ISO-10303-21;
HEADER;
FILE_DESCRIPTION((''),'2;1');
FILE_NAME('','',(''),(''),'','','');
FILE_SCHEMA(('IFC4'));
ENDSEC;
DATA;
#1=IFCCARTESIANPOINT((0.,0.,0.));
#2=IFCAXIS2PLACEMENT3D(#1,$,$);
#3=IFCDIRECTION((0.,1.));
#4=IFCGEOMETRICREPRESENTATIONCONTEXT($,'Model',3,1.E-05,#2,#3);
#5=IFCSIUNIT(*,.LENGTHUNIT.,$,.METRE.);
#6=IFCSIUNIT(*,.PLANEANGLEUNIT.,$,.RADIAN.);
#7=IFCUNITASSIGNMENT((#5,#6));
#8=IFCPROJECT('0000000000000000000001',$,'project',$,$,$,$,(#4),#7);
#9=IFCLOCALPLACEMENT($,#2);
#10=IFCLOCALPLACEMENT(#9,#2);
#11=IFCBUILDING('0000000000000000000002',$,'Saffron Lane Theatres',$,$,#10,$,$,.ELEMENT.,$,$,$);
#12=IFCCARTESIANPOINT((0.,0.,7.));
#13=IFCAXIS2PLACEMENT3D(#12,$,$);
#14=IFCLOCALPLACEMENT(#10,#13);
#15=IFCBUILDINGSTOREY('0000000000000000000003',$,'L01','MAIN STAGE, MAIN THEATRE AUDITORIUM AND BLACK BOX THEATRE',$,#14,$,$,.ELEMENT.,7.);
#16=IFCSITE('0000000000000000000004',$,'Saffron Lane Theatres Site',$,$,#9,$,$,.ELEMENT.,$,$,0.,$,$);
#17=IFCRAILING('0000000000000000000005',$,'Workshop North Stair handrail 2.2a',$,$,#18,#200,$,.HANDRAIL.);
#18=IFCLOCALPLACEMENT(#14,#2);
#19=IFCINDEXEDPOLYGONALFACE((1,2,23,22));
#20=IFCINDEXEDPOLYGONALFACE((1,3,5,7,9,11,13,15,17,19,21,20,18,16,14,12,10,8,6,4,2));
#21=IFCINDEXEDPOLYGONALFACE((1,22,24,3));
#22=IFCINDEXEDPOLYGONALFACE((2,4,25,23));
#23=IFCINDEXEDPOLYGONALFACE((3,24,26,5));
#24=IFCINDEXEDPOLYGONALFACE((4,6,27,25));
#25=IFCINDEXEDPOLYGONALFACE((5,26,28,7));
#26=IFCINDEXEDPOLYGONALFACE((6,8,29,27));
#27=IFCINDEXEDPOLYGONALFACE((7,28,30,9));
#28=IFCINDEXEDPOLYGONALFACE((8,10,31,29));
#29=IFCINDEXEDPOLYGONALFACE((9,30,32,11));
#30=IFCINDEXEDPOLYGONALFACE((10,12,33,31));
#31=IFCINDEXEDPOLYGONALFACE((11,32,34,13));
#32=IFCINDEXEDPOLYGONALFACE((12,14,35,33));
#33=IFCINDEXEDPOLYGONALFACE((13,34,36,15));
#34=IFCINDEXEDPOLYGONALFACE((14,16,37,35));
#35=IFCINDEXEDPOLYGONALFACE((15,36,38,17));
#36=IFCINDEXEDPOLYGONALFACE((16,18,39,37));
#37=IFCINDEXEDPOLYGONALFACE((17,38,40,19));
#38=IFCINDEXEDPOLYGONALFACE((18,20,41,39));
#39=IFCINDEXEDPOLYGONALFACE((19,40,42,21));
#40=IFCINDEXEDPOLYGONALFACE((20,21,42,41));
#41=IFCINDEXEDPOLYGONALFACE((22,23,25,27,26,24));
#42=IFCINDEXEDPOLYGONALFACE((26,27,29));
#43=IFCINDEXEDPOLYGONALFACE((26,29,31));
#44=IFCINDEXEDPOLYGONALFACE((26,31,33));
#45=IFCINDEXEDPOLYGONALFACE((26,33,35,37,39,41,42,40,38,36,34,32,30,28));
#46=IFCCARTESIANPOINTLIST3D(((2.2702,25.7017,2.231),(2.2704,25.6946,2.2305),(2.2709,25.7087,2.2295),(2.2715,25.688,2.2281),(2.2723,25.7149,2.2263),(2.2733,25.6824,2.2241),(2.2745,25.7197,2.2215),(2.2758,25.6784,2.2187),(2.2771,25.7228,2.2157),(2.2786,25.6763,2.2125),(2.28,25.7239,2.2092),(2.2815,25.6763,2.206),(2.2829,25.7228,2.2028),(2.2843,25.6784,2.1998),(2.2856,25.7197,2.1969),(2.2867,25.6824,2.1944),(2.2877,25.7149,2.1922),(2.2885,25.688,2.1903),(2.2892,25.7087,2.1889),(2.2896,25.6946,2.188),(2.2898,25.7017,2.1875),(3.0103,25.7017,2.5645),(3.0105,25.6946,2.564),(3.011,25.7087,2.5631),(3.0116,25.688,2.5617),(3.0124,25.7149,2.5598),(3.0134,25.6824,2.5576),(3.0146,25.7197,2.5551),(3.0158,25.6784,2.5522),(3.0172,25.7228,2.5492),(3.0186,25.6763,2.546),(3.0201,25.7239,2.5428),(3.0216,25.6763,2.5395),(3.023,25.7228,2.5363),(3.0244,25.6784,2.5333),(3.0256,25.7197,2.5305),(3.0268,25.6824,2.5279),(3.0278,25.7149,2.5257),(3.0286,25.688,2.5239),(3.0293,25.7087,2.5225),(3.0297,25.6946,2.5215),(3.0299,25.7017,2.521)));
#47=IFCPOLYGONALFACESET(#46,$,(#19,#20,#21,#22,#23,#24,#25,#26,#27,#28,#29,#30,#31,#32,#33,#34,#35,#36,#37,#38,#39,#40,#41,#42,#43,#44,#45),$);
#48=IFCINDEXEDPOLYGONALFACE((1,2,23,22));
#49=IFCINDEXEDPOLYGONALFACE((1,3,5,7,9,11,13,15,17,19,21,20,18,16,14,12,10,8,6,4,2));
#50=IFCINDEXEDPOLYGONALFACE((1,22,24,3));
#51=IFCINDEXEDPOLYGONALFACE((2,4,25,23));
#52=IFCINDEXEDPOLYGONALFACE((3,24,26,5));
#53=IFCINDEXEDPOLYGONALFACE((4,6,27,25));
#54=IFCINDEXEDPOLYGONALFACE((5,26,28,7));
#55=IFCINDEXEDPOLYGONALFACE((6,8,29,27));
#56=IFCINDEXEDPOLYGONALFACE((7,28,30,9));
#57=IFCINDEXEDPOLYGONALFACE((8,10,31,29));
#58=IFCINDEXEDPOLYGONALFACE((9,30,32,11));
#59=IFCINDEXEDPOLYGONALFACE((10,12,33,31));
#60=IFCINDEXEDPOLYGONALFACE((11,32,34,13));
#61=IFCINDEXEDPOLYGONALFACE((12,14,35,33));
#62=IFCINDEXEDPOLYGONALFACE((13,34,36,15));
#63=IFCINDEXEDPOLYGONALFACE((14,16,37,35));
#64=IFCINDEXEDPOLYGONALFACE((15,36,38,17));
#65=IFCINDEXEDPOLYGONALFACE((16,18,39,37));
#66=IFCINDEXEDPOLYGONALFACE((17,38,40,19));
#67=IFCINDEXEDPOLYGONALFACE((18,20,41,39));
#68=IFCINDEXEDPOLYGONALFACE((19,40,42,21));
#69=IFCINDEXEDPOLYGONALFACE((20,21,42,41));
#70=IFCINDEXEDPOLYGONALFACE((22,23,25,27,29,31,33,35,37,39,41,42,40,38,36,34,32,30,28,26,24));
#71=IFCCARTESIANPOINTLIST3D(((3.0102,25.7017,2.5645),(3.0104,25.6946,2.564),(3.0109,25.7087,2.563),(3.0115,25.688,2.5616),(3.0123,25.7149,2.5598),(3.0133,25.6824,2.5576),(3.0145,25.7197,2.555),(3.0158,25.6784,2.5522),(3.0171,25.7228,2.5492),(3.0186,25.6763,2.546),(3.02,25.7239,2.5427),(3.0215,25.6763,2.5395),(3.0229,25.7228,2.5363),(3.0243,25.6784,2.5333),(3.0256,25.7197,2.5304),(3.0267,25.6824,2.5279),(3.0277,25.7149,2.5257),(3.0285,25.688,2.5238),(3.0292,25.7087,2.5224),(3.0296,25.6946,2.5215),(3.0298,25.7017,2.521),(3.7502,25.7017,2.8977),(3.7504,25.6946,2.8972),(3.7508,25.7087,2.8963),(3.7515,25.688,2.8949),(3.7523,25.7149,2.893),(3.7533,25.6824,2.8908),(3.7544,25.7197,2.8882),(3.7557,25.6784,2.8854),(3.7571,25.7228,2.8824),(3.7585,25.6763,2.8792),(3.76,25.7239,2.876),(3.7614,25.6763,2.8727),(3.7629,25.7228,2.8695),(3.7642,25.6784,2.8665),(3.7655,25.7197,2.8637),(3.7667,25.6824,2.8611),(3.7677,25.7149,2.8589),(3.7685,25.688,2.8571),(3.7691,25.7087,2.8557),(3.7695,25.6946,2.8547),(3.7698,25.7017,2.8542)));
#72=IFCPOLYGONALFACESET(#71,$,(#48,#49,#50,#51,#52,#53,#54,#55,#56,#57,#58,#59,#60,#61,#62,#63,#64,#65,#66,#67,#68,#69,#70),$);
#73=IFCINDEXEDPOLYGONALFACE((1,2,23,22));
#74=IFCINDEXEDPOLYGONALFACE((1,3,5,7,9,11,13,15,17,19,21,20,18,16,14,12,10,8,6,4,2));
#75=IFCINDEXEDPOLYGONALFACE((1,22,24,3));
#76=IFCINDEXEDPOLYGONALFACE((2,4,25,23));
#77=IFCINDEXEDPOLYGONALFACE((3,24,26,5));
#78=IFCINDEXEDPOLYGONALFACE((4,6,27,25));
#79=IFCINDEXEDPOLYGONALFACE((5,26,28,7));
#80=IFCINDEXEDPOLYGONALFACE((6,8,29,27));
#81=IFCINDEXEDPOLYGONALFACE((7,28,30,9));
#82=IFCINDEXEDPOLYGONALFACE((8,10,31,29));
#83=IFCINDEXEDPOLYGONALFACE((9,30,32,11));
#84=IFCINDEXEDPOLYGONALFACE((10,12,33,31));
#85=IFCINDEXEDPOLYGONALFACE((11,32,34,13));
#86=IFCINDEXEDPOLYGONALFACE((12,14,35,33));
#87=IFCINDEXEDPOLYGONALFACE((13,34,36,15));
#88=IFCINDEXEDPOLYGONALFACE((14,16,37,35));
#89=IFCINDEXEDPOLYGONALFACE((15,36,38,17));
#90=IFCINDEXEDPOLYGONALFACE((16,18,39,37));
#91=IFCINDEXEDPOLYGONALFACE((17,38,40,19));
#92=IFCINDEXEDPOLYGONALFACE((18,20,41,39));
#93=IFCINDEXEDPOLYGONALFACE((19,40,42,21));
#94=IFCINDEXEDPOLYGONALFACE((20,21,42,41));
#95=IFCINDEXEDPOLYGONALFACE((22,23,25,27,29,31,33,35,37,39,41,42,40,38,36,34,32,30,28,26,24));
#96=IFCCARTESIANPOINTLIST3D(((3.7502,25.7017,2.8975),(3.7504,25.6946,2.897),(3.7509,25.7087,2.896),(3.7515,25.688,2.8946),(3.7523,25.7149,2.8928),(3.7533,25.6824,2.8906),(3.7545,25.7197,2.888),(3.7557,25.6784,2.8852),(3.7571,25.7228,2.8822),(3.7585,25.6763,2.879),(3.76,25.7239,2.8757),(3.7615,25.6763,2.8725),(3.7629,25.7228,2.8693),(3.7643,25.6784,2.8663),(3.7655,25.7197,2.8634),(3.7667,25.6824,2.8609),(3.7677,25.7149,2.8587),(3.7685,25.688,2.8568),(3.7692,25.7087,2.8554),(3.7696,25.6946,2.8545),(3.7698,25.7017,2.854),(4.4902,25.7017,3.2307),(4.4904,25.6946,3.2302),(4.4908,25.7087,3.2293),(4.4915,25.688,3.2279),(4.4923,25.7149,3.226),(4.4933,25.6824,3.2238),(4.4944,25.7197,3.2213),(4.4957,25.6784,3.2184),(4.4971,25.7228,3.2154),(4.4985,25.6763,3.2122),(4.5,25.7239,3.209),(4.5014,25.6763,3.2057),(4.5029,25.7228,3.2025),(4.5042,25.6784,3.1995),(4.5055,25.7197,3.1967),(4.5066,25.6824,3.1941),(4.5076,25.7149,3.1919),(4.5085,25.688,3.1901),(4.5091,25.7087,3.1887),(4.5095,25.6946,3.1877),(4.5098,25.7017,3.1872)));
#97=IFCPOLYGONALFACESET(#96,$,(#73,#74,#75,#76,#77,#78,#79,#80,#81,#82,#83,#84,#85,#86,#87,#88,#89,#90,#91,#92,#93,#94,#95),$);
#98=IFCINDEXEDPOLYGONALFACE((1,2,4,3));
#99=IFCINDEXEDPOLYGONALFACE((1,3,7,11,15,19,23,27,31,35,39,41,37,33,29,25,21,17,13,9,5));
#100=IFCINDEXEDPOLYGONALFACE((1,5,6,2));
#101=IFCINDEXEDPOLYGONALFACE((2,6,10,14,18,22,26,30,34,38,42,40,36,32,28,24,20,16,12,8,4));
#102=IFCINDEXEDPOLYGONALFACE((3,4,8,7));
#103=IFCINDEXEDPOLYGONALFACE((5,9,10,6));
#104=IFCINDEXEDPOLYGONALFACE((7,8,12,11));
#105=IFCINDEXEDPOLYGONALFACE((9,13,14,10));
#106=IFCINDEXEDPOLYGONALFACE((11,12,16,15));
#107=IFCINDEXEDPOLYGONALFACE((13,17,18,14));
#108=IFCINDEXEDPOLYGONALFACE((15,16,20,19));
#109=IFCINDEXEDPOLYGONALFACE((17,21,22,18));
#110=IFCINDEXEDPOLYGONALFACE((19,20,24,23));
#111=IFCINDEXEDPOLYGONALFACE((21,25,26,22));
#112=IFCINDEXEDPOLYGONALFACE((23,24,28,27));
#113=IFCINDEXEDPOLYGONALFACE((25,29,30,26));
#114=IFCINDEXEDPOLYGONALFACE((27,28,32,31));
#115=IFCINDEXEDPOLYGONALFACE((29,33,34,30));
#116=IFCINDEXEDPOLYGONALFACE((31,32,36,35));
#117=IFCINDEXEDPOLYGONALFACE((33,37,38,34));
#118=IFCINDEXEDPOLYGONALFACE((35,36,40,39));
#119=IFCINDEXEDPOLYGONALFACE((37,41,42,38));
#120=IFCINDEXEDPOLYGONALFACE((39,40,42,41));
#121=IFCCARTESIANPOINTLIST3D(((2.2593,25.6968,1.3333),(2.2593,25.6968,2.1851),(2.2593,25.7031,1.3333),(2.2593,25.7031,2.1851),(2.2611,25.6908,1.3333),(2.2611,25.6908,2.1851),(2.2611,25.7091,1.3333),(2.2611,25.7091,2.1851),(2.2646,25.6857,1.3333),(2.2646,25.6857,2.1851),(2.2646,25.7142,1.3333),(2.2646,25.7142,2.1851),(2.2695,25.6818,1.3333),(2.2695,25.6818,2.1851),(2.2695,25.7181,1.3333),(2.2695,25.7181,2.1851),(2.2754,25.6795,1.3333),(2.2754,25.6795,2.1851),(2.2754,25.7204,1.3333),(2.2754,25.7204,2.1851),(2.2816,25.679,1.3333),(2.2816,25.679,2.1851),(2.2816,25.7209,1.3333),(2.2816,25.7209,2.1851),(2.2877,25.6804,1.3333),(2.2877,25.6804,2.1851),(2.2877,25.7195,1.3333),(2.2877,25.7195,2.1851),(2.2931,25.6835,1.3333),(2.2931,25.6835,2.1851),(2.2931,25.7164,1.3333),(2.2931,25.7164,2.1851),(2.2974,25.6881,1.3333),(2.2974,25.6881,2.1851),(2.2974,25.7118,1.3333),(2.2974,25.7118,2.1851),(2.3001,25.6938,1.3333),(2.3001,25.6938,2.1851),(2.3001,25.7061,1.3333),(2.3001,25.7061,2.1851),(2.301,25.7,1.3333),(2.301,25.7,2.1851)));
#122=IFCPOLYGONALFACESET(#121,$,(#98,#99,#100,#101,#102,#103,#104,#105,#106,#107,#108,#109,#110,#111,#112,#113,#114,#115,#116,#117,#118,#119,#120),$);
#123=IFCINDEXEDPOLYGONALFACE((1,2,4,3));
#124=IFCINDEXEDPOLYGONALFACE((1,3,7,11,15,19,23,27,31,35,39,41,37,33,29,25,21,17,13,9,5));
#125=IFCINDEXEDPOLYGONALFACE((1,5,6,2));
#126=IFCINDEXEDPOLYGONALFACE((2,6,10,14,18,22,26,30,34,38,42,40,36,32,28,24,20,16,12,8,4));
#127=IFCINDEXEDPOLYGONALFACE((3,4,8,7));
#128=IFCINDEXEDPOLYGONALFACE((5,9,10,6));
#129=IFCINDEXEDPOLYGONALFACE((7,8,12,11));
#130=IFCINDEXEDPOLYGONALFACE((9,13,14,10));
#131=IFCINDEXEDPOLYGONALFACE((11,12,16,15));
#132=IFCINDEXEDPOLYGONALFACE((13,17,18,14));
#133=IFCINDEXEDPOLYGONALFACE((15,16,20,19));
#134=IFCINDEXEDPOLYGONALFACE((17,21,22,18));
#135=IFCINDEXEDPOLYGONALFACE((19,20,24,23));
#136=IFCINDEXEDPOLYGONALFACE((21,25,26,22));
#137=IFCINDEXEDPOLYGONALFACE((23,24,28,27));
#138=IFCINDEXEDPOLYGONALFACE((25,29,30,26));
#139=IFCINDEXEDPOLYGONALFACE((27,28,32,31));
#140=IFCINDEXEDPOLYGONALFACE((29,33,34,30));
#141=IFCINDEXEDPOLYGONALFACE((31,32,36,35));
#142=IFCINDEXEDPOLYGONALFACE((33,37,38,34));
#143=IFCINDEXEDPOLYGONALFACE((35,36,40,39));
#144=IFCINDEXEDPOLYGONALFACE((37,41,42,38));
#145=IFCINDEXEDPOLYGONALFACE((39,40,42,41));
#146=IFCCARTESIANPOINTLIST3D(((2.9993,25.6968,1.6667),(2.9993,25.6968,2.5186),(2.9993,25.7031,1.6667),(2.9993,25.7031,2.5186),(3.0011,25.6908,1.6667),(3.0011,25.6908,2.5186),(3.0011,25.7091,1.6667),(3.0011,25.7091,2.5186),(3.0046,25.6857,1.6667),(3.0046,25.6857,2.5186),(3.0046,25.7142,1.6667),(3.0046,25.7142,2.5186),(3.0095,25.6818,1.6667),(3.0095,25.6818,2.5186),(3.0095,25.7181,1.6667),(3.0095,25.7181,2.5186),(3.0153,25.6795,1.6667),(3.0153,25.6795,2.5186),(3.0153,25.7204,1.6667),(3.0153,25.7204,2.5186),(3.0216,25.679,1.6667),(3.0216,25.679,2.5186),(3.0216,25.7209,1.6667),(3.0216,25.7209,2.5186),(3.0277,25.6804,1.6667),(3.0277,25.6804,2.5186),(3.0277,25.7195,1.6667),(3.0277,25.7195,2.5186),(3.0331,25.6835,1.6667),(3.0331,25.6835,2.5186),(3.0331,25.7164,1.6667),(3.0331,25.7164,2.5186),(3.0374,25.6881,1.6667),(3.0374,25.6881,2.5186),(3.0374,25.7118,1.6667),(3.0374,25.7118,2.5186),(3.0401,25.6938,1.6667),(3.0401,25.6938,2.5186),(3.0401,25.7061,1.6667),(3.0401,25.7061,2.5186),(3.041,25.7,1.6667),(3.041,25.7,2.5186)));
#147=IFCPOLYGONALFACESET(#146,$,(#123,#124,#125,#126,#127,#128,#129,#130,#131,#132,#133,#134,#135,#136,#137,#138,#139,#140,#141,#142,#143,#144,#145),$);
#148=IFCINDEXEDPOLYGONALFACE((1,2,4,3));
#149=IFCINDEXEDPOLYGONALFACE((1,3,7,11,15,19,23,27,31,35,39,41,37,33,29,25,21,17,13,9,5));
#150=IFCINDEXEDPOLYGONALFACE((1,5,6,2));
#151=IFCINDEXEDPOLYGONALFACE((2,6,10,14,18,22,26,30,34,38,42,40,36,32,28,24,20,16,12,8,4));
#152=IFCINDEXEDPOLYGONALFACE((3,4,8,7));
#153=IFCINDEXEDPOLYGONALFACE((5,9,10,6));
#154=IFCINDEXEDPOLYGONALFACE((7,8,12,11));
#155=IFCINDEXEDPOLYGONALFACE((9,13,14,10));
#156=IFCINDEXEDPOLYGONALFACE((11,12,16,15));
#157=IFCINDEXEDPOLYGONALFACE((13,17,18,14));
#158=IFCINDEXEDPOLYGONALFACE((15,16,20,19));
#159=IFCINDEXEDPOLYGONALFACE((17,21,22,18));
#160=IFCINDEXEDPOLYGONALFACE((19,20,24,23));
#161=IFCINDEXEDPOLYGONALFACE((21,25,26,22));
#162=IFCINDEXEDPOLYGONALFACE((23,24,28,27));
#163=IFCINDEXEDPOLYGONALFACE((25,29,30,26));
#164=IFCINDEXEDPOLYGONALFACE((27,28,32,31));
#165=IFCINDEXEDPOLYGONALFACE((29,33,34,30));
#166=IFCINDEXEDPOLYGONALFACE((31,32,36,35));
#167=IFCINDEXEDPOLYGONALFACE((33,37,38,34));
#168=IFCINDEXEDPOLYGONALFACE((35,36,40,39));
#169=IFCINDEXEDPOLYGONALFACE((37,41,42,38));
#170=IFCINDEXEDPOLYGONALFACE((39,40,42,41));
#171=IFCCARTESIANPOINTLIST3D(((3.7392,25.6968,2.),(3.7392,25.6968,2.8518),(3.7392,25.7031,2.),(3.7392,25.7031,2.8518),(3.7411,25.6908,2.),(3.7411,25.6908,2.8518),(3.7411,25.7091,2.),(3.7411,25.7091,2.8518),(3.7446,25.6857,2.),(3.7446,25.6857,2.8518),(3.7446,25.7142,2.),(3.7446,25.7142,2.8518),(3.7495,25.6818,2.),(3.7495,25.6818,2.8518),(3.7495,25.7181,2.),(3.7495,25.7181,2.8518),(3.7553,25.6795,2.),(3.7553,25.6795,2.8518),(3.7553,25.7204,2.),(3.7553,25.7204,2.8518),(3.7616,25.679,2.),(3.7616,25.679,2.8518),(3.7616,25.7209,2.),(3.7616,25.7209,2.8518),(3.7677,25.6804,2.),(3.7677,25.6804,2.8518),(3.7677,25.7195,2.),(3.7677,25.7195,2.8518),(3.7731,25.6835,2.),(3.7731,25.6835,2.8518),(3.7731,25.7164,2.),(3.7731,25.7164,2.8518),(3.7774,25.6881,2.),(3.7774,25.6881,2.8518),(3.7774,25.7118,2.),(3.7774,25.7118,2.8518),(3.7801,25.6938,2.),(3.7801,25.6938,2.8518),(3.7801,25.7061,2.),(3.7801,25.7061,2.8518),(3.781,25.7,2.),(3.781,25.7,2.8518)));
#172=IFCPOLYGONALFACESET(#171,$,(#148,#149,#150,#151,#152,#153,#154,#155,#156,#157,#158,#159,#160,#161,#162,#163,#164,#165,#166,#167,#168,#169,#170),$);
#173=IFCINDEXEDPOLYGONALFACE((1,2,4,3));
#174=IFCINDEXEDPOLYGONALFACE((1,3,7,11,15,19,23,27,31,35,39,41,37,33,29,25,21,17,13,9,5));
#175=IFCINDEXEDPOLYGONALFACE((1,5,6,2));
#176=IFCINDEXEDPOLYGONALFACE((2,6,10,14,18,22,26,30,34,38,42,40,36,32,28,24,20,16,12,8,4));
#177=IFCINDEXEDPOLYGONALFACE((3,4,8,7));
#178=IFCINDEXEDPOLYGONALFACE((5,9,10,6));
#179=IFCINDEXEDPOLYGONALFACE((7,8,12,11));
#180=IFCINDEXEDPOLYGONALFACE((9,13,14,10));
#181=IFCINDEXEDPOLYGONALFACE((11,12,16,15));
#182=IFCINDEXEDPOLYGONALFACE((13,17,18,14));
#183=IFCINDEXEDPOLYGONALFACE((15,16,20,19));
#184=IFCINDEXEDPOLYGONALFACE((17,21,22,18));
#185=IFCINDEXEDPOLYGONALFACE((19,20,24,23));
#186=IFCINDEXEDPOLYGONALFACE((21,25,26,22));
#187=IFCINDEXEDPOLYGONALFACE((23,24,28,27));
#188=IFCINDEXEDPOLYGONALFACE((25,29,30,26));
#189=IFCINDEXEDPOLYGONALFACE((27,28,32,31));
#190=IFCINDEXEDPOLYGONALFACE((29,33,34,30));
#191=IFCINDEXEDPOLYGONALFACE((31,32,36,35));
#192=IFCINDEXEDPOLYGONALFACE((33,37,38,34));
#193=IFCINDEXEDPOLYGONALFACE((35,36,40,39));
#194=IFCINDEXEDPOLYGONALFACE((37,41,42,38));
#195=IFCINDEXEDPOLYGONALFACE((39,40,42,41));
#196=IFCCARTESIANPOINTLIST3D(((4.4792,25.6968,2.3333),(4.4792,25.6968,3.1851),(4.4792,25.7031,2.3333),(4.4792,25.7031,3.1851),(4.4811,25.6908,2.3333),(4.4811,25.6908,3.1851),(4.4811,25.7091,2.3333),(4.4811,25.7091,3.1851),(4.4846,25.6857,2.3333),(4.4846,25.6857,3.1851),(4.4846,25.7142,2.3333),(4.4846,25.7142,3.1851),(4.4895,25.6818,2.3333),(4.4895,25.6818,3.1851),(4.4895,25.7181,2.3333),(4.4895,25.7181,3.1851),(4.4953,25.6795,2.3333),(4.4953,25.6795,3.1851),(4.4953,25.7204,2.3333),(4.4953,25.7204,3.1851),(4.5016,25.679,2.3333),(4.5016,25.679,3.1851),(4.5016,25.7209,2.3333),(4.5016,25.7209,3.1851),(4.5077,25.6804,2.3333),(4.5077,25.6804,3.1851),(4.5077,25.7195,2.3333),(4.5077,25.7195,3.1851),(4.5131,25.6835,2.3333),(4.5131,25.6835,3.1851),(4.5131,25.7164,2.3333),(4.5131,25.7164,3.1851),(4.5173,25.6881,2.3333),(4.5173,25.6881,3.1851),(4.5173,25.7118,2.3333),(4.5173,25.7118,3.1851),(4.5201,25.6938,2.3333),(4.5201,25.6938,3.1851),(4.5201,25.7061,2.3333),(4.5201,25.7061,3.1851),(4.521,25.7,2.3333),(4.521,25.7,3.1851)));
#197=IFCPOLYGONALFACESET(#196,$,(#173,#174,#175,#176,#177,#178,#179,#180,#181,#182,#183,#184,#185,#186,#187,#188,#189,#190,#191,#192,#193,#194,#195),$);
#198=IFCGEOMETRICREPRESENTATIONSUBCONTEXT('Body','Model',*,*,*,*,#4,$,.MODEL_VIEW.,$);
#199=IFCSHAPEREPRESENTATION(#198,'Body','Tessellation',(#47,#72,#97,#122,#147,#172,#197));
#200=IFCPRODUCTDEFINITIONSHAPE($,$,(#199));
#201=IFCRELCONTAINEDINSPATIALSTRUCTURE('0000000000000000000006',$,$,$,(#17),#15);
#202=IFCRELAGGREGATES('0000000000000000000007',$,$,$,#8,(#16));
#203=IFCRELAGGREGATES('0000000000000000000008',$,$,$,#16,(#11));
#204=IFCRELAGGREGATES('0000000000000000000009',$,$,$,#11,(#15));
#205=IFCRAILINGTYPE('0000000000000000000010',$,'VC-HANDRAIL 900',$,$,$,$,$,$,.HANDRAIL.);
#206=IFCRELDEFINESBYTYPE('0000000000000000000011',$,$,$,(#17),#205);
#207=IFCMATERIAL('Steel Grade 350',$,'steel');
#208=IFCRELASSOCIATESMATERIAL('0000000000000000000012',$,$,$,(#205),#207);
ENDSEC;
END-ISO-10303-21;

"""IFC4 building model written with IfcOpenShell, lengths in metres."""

from ifc_helpers import new_model, si_unit, direction, frame, origin, origin_2d, place, context, subcontext, project, spatial, circle, extrude, material, type_object, element, save


model = new_model("IFC4")

# Units and contexts
model_context = context("Model", 3, precision=1e-05, world=origin(), true_north=direction((0.0, 1.0)))
body_context = subcontext(model_context, "Body", "Model", "MODEL_VIEW")
ifc_project = project(units=[si_unit("LENGTHUNIT", "METRE"), si_unit("PLANEANGLEUNIT", "RADIAN")], contexts=[model_context])

# Site, building, storey
site_placement = place(None, origin())
site = spatial("IfcSite", under=ifc_project, at=site_placement, Name="Saffron Lane Theatres Site", CompositionType="ELEMENT", RefElevation=0.0)
building_placement = place(site_placement, origin())
building = spatial("IfcBuilding", under=site, at=building_placement, Name="Saffron Lane Theatres", CompositionType="ELEMENT")
storey_placement = place(building_placement, frame((0.0, 0.0, 7.0)))
storey = spatial("IfcBuildingStorey", under=building, at=storey_placement, Name="L01", Description="MAIN STAGE, MAIN THEATRE AUDITORIUM AND BLACK BOX THEATRE", CompositionType="ELEMENT", Elevation=7.0)

# Railing
ifc_material_1 = material(Name="Steel Grade 350", Category="steel")
railing_type_1 = type_object("IfcRailingType", Name="VC-HANDRAIL 900", PredefinedType="HANDRAIL", material=ifc_material_1)
for number, where, name in (
    (1, (2.28, 25.7, 1.3333), "Workshop North Stair handrail 2.2a"),
):
    element("IfcRailing", number, at=place(storey_placement, frame(where)), inside=storey, type_object=railing_type_1, Name=name, PredefinedType="HANDRAIL", context=body_context, shape_type="SweptSolid", body=[
        extrude(circle(Radius=0.0239, at=origin_2d()), frame((0.0, 0.0, 0.876), z_axis=(0.911691, 0.0, 0.410877), x_axis=(0.0, 1.0, 0.0)), (0.0, 0.0, 1.0), 0.8118),
        extrude(circle(Radius=0.0239, at=origin_2d()), frame((0.74, 0.0, 1.2095), z_axis=(0.911803, 0.0, 0.410627), x_axis=(0.0, 1.0, 0.0)), (0.0, 0.0, 1.0), 0.8115),
        extrude(circle(Radius=0.0239, at=origin_2d()), frame((1.48, 0.0, 1.5425), z_axis=(0.911803, 0.0, 0.410627), x_axis=(0.0, 1.0, 0.0)), (0.0, 0.0, 1.0), 0.8115),
        extrude(circle(Radius=0.021, at=origin_2d()), origin(), (0.0, 0.0, 1.0), 0.8518),
        extrude(circle(Radius=0.021, at=origin_2d()), frame((0.74, 0.0, 0.3335)), (0.0, 0.0, 1.0), 0.8518),
        extrude(circle(Radius=0.021, at=origin_2d()), frame((1.48, 0.0, 0.6667)), (0.0, 0.0, 1.0), 0.8518),
        extrude(circle(Radius=0.021, at=origin_2d()), frame((2.22, 0.0, 1.0)), (0.0, 0.0, 1.0), 0.8518),
    ])

save(model, "model.ifc")
